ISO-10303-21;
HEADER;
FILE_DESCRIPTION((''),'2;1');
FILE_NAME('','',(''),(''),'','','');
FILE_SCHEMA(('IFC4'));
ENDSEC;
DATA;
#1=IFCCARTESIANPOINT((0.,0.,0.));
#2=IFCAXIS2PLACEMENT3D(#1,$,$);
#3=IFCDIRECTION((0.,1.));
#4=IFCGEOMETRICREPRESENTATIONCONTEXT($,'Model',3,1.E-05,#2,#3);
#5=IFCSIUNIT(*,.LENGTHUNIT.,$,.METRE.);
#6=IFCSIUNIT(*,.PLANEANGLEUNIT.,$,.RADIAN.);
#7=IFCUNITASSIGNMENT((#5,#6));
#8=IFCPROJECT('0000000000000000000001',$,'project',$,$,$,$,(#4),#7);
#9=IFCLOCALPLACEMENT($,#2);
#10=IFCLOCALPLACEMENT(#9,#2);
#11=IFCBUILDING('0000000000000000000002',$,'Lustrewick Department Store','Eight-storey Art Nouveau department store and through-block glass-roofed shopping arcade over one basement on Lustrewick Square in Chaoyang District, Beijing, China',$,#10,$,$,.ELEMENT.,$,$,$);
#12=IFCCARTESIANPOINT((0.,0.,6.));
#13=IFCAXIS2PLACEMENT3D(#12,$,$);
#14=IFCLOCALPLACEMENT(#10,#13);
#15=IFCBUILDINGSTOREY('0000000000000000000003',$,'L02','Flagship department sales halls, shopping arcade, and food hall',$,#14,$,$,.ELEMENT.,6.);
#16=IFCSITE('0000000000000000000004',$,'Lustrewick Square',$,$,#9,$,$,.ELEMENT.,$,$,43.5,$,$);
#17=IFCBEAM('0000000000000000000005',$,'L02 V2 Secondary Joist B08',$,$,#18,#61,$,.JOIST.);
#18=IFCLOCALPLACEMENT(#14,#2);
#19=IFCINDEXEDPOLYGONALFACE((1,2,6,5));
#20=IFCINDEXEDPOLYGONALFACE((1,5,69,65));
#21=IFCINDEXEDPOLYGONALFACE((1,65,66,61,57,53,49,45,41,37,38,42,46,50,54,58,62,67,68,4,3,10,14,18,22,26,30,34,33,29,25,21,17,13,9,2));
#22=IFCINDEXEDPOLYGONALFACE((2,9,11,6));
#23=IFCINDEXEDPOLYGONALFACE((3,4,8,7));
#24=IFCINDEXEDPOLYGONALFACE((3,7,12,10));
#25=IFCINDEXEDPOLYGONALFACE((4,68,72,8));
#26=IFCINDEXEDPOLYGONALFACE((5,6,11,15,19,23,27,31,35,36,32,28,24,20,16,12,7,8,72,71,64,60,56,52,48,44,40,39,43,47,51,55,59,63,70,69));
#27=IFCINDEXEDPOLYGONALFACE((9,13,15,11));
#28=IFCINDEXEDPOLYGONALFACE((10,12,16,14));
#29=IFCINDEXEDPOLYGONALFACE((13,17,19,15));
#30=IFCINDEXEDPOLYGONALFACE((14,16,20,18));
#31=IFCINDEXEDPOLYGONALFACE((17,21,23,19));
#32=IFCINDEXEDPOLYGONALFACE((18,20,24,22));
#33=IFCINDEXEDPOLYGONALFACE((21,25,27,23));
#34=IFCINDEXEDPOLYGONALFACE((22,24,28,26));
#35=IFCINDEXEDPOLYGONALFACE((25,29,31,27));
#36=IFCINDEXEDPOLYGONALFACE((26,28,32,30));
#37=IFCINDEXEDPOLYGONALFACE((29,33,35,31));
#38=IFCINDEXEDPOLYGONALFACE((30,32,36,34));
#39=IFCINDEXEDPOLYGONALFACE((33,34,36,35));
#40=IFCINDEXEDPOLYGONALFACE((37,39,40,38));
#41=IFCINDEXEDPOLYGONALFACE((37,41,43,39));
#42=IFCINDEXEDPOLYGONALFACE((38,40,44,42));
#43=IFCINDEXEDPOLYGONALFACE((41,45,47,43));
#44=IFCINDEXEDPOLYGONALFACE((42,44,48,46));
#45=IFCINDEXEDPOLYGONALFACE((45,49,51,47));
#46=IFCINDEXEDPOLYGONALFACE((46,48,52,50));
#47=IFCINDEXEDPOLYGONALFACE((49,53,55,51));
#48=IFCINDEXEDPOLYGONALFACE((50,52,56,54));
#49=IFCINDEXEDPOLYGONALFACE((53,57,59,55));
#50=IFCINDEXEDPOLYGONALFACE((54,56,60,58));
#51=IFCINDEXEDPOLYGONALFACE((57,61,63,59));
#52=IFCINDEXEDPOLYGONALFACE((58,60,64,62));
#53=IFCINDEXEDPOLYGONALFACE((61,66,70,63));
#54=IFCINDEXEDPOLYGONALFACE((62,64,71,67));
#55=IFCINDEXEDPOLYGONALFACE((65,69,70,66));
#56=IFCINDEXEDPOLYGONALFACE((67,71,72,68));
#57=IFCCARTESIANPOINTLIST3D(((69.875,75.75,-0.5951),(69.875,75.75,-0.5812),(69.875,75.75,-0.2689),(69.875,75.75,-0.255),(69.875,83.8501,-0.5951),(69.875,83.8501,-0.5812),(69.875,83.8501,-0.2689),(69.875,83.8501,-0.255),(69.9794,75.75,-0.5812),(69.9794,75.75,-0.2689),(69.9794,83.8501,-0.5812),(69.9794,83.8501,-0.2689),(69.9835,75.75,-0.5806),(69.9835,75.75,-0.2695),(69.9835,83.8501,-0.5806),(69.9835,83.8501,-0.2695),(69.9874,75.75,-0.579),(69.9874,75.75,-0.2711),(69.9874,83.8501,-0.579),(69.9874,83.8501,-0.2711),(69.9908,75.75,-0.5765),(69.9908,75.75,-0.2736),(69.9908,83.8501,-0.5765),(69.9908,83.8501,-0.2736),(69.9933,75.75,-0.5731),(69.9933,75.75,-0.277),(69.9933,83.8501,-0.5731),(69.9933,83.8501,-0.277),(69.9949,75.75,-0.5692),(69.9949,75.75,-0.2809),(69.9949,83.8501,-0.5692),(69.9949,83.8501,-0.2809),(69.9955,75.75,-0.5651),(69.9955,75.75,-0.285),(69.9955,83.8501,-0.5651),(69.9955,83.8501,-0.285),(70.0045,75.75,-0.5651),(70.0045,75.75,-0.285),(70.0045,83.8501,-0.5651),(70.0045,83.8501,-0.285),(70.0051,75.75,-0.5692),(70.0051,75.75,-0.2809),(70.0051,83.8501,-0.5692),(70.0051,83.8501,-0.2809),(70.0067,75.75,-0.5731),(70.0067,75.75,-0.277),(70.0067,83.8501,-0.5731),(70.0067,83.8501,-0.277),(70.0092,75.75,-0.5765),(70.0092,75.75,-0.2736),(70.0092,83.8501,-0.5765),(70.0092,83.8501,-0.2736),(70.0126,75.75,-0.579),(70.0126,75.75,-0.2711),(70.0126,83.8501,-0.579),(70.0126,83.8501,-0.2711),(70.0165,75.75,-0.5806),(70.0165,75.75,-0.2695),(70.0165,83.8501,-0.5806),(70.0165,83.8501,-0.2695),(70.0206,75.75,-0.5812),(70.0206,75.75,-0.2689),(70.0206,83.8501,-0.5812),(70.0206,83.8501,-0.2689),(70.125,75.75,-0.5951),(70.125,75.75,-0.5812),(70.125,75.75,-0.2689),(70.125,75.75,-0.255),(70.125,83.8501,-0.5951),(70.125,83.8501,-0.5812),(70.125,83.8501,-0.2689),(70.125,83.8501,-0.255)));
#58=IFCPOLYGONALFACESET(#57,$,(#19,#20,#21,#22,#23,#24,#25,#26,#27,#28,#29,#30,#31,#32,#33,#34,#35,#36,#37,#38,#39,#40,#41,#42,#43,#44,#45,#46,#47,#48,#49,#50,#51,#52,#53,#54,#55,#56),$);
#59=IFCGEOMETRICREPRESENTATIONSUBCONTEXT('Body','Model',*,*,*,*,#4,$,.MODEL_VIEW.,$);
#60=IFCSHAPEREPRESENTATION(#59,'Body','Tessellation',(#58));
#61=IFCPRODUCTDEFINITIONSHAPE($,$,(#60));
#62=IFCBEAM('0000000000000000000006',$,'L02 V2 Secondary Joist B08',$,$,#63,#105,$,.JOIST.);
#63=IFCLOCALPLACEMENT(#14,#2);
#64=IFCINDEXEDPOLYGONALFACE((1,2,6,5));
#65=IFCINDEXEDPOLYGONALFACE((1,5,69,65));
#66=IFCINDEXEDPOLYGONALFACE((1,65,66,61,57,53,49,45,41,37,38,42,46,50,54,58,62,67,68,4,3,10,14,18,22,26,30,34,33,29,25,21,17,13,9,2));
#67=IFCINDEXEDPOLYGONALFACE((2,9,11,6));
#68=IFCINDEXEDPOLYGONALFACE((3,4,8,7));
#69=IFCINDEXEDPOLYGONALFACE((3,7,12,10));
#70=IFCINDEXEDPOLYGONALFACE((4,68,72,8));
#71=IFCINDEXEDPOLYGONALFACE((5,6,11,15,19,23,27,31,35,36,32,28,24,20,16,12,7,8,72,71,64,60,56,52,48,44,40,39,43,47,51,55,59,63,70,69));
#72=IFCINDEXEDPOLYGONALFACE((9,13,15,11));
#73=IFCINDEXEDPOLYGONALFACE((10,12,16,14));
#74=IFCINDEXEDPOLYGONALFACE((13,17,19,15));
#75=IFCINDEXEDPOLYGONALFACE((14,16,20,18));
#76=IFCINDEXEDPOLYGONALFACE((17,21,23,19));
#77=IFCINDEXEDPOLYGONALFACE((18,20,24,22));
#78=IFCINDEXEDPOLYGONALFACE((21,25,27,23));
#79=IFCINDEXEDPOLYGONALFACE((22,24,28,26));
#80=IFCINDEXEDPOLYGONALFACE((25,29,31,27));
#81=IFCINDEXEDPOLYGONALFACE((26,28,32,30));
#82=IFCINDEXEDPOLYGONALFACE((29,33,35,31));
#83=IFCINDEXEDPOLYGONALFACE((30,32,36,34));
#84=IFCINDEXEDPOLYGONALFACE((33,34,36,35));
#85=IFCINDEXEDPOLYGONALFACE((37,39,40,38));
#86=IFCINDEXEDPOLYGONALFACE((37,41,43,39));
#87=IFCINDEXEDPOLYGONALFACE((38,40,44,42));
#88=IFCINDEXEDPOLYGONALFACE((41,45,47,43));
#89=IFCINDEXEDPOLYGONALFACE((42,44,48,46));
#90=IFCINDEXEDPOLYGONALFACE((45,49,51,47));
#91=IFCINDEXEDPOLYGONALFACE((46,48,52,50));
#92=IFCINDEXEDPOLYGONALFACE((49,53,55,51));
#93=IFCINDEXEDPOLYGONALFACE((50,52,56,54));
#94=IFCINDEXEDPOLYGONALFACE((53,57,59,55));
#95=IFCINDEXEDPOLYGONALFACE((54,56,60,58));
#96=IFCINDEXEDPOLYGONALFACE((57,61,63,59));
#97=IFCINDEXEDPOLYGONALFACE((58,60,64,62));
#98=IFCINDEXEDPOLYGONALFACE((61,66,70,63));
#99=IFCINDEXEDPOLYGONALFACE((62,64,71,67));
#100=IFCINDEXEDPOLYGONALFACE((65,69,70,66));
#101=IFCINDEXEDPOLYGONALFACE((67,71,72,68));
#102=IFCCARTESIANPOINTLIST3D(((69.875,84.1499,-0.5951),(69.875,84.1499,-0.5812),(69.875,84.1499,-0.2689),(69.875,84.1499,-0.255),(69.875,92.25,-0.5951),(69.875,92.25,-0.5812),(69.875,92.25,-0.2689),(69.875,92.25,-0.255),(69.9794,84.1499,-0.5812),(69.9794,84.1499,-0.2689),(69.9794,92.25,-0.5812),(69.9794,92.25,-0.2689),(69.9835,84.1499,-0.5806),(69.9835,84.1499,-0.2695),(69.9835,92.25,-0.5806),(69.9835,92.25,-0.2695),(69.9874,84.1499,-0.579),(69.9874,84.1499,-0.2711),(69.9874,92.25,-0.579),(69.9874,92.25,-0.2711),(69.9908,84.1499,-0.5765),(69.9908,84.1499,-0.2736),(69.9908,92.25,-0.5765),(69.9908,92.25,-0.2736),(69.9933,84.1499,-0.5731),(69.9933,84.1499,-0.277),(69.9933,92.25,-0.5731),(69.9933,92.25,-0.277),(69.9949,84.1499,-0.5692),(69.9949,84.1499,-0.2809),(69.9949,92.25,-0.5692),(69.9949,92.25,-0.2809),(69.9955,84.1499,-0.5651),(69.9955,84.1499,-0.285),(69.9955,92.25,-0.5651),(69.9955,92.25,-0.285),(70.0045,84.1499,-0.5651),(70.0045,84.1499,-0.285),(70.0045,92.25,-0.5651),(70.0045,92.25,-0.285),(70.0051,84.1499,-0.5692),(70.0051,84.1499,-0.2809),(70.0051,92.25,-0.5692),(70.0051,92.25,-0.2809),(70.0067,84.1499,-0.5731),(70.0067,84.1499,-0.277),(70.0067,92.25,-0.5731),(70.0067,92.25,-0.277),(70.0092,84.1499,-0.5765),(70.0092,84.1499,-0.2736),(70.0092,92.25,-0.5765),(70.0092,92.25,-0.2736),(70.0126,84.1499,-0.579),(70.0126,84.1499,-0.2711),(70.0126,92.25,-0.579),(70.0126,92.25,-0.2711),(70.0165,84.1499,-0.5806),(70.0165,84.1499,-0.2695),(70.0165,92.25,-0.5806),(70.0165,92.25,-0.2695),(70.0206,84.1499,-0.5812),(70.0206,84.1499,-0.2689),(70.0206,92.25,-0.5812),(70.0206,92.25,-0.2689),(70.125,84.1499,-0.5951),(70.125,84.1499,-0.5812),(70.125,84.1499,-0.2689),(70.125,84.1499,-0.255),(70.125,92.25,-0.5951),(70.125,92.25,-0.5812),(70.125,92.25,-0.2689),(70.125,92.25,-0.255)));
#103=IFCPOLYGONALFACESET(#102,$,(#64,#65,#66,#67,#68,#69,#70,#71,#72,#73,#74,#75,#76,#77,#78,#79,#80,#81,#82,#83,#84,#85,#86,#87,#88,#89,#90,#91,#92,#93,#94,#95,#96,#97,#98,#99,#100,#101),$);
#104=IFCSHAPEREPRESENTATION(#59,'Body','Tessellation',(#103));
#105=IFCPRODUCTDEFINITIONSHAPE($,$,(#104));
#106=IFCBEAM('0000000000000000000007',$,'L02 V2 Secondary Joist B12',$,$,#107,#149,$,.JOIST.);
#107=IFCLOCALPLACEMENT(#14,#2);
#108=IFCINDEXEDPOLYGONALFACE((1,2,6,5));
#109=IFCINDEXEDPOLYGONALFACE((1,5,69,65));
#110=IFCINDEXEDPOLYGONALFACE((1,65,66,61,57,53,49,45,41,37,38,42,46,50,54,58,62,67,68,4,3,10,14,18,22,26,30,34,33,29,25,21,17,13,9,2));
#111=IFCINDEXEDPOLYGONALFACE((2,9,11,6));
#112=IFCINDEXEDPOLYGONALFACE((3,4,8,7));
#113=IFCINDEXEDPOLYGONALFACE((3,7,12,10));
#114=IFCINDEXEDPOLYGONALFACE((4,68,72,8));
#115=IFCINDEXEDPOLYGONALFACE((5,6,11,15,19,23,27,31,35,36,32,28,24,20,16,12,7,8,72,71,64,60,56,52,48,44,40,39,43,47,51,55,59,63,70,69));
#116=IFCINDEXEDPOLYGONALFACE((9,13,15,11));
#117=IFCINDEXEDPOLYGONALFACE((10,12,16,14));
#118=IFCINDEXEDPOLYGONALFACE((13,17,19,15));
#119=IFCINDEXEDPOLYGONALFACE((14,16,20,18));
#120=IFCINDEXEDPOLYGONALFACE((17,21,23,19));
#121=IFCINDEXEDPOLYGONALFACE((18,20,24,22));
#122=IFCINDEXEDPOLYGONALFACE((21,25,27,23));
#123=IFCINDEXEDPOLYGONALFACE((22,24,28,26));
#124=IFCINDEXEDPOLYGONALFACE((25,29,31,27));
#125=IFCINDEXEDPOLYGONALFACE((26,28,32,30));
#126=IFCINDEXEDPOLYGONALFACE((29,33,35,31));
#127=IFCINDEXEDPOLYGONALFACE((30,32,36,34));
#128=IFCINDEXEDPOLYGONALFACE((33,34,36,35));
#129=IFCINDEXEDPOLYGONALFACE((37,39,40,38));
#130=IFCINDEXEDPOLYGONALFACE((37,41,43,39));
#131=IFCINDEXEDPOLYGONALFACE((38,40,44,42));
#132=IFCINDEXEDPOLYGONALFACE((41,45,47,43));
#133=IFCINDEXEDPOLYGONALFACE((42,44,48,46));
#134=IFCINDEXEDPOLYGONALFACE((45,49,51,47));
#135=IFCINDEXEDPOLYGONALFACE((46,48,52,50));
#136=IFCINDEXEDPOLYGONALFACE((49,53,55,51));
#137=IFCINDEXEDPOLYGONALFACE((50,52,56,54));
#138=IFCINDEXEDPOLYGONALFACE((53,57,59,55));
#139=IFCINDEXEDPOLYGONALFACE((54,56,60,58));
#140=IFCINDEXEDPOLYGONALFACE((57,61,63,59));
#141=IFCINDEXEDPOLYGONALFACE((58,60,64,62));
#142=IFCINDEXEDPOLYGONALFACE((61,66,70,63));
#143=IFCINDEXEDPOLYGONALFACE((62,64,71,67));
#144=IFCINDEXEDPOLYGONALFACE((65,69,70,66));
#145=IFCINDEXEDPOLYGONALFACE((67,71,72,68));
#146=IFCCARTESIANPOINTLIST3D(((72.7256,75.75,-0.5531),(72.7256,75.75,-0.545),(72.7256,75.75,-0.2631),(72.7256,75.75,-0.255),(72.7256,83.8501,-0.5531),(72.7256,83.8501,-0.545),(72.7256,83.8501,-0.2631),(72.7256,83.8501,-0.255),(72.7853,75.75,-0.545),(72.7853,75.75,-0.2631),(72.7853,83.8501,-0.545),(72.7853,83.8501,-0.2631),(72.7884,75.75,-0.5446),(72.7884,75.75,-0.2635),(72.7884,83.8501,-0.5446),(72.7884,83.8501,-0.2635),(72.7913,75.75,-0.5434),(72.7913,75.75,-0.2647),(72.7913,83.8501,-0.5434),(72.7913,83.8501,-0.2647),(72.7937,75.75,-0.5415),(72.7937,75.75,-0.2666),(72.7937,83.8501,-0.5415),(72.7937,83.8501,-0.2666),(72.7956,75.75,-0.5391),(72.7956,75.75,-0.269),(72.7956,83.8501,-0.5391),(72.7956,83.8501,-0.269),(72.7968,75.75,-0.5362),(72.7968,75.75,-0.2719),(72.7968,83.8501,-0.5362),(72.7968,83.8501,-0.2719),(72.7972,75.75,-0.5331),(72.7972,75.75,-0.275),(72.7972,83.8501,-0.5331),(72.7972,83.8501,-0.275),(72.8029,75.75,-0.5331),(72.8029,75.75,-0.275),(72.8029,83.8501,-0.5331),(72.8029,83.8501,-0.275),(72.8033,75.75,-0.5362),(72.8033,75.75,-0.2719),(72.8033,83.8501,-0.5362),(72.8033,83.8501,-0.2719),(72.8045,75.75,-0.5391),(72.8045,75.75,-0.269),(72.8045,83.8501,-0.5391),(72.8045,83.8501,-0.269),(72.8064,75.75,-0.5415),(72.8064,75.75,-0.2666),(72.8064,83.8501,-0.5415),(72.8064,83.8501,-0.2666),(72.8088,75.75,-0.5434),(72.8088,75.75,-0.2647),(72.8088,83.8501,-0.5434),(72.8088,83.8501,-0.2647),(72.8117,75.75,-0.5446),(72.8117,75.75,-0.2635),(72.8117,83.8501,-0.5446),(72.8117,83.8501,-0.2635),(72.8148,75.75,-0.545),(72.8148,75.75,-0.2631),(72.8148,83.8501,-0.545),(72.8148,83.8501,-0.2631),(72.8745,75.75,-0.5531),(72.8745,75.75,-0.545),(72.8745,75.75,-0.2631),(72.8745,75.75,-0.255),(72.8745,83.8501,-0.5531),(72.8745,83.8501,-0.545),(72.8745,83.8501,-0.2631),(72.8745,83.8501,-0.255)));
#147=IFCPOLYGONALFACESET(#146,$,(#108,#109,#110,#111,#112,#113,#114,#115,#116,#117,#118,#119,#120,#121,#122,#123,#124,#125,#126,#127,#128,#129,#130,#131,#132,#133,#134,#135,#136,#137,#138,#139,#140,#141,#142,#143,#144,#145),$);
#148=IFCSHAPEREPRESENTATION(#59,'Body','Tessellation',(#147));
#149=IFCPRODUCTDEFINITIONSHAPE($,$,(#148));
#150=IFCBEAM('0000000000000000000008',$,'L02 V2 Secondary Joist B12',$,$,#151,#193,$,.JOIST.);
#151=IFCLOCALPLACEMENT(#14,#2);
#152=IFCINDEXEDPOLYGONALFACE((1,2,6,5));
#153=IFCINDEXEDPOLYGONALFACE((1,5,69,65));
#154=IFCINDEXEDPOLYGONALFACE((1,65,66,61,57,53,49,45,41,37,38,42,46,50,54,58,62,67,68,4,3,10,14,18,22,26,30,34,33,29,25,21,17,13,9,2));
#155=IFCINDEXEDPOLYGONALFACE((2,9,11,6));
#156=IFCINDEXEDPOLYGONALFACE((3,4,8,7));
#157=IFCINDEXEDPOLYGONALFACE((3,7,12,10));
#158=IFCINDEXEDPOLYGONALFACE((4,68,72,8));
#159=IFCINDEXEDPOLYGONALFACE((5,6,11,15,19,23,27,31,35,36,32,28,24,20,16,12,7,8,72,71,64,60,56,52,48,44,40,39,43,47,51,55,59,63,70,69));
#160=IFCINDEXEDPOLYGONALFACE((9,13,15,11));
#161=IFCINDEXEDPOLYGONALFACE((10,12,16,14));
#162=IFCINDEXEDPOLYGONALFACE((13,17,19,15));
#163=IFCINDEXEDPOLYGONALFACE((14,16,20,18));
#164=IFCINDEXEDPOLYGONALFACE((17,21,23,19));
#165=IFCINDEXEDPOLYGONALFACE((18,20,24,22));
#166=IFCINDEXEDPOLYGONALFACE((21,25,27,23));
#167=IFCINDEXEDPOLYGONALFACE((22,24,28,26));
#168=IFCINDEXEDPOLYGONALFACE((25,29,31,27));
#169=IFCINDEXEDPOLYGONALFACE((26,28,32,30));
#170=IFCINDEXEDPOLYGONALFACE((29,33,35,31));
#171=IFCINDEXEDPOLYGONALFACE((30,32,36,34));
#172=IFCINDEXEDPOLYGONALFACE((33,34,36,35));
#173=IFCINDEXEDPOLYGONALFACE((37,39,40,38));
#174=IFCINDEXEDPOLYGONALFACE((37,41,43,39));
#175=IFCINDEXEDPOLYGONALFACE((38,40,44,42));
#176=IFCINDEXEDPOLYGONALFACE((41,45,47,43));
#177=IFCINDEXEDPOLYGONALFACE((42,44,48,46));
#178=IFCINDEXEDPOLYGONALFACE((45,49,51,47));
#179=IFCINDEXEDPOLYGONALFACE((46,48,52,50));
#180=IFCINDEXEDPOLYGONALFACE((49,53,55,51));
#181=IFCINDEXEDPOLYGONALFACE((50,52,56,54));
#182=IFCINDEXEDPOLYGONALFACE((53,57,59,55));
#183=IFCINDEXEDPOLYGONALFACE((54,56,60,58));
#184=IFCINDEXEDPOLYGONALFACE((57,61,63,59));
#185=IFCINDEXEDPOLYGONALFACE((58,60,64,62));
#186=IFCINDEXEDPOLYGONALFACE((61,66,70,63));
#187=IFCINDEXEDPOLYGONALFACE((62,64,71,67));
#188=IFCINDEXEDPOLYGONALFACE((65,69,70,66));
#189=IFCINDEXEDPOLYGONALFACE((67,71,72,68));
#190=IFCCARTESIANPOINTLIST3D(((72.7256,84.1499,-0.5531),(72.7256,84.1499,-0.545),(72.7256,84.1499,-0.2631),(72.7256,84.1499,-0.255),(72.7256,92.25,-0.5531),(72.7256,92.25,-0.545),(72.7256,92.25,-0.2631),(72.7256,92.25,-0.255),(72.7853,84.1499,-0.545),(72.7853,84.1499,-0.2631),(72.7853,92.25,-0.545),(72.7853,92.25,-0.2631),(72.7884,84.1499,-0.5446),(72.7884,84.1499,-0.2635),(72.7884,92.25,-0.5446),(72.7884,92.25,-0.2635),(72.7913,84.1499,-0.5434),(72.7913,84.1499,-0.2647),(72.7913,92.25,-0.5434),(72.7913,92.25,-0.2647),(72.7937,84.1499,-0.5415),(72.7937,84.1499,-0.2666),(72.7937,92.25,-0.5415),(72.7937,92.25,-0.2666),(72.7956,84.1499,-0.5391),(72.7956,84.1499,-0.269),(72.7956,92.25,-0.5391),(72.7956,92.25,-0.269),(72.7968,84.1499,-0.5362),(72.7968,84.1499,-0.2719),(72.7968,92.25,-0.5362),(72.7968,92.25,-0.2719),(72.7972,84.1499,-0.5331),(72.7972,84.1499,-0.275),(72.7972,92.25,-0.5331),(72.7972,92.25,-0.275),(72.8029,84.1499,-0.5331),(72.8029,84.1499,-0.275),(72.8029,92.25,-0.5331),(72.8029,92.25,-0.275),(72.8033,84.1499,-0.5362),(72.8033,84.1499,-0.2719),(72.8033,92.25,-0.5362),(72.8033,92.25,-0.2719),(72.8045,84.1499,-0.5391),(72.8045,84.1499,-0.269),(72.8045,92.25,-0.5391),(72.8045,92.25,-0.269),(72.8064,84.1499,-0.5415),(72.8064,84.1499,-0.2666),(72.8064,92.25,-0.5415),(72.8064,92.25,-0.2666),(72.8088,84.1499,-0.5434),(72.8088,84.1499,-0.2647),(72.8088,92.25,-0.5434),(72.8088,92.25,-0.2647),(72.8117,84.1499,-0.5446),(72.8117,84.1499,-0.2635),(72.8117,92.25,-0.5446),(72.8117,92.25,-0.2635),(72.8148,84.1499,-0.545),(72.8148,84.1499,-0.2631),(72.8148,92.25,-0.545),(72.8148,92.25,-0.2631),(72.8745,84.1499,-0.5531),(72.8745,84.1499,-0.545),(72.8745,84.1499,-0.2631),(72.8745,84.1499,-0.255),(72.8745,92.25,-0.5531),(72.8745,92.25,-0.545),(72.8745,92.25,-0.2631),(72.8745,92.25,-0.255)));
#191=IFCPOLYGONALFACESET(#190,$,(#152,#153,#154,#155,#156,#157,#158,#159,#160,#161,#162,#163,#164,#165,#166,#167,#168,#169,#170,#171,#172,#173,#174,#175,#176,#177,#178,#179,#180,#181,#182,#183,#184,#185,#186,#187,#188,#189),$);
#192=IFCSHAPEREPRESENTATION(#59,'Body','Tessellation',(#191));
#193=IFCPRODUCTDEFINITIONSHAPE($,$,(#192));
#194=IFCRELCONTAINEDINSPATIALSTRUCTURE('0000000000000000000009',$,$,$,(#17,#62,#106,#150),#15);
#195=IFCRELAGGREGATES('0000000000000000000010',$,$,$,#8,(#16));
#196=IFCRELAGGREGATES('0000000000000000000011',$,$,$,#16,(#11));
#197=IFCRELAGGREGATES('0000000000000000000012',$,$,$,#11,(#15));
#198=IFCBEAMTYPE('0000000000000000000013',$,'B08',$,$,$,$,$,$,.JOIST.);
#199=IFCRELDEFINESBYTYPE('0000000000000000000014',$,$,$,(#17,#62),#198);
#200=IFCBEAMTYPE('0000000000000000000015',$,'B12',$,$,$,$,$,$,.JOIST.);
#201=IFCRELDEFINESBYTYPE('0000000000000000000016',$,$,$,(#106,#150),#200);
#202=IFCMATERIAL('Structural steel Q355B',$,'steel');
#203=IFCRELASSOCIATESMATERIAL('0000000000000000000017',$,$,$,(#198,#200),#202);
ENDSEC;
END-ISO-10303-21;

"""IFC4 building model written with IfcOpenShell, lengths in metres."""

from ifc_helpers import new_model, si_unit, direction, frame, origin, origin_2d, place, context, subcontext, project, spatial, i_section, extrude, material, material_profile, profile_set, type_object, element, save


model = new_model("IFC4")

# Units and contexts
model_context = context("Model", 3, precision=1e-05, world=origin(), true_north=direction((0.0, 1.0)))
body_context = subcontext(model_context, "Body", "Model", "MODEL_VIEW")
ifc_project = project(units=[si_unit("LENGTHUNIT", "METRE"), si_unit("PLANEANGLEUNIT", "RADIAN")], contexts=[model_context])

# Site, building, storey
site_placement = place(None, origin())
site = spatial("IfcSite", under=ifc_project, at=site_placement, Name="Lustrewick Square", CompositionType="ELEMENT", RefElevation=43.5)
building_placement = place(site_placement, origin())
building = spatial("IfcBuilding", under=site, at=building_placement, Name="Lustrewick Department Store", Description="Eight-storey Art Nouveau department store and through-block glass-roofed shopping arcade over one basement on Lustrewick Square in Chaoyang District, Beijing, China", CompositionType="ELEMENT")
storey_placement = place(building_placement, frame((0.0, 0.0, 6.0)))
storey = spatial("IfcBuildingStorey", under=building, at=storey_placement, Name="L02", Description="Flagship department sales halls, shopping arcade, and food hall", CompositionType="ELEMENT", Elevation=6.0)

# Shared definitions
ifc_material_1 = material(Name="Structural steel Q355B", Category="steel")

# Beams
ifc_material_profile_1 = material_profile(ifc_material_1, i_section(OverallWidth=0.25, OverallDepth=0.3401, WebThickness=0.009, FlangeThickness=0.0139, FilletRadius=0.0161, at=origin_2d()), Name="HM 340x250x9x14")
ifc_profile_set_1 = profile_set([ifc_material_profile_1], Name="Structural steel Q355B")
beam_type_1 = type_object("IfcBeamType", Name="B08", PredefinedType="JOIST", material=ifc_profile_set_1)
for number, where, z_axis, x_axis, name in (
    (1, (70.0, 75.75, -0.425), (0.0, 1.0, 0.0), (-1.0, 0.0, 0.0), "L02 V2 Secondary Joist B08"),
    (2, (70.0, 84.1499, -0.425), (0.0, 1.0, 0.0), (-1.0, 0.0, 0.0), "L02 V2 Secondary Joist B08"),
):
    element("IfcBeam", number, at=place(storey_placement, frame(where, z_axis=z_axis, x_axis=x_axis)), inside=storey, type_object=beam_type_1, Name=name, PredefinedType="JOIST", context=body_context, shape_type="SweptSolid", body=[
        extrude(i_section(OverallWidth=0.25, OverallDepth=0.3401, WebThickness=0.009, FlangeThickness=0.0139, FilletRadius=0.0161, at=origin_2d()), origin(), (0.0, 0.0, 1.0), 8.1001),
    ])
ifc_material_profile_2 = material_profile(ifc_material_1, i_section(OverallWidth=0.1489, OverallDepth=0.2981, WebThickness=0.0056, FlangeThickness=0.0081, FilletRadius=0.012, at=origin_2d()), Name="HN 298x149x5.5x8")
ifc_profile_set_2 = profile_set([ifc_material_profile_2], Name="Structural steel Q355B")
beam_type_2 = type_object("IfcBeamType", Name="B12", PredefinedType="JOIST", material=ifc_profile_set_2)
for number, where, z_axis, x_axis, name in (
    (3, (72.8, 75.75, -0.4041), (0.0, 1.0, 0.0), (-1.0, 0.0, 0.0), "L02 V2 Secondary Joist B12"),
    (4, (72.8, 84.1499, -0.4041), (0.0, 1.0, 0.0), (-1.0, 0.0, 0.0), "L02 V2 Secondary Joist B12"),
):
    element("IfcBeam", number, at=place(storey_placement, frame(where, z_axis=z_axis, x_axis=x_axis)), inside=storey, type_object=beam_type_2, Name=name, PredefinedType="JOIST", context=body_context, shape_type="SweptSolid", body=[
        extrude(i_section(OverallWidth=0.1489, OverallDepth=0.2981, WebThickness=0.0056, FlangeThickness=0.0081, FilletRadius=0.012, at=origin_2d()), origin(), (0.0, 0.0, 1.0), 8.1001),
    ])

save(model, "model.ifc")
